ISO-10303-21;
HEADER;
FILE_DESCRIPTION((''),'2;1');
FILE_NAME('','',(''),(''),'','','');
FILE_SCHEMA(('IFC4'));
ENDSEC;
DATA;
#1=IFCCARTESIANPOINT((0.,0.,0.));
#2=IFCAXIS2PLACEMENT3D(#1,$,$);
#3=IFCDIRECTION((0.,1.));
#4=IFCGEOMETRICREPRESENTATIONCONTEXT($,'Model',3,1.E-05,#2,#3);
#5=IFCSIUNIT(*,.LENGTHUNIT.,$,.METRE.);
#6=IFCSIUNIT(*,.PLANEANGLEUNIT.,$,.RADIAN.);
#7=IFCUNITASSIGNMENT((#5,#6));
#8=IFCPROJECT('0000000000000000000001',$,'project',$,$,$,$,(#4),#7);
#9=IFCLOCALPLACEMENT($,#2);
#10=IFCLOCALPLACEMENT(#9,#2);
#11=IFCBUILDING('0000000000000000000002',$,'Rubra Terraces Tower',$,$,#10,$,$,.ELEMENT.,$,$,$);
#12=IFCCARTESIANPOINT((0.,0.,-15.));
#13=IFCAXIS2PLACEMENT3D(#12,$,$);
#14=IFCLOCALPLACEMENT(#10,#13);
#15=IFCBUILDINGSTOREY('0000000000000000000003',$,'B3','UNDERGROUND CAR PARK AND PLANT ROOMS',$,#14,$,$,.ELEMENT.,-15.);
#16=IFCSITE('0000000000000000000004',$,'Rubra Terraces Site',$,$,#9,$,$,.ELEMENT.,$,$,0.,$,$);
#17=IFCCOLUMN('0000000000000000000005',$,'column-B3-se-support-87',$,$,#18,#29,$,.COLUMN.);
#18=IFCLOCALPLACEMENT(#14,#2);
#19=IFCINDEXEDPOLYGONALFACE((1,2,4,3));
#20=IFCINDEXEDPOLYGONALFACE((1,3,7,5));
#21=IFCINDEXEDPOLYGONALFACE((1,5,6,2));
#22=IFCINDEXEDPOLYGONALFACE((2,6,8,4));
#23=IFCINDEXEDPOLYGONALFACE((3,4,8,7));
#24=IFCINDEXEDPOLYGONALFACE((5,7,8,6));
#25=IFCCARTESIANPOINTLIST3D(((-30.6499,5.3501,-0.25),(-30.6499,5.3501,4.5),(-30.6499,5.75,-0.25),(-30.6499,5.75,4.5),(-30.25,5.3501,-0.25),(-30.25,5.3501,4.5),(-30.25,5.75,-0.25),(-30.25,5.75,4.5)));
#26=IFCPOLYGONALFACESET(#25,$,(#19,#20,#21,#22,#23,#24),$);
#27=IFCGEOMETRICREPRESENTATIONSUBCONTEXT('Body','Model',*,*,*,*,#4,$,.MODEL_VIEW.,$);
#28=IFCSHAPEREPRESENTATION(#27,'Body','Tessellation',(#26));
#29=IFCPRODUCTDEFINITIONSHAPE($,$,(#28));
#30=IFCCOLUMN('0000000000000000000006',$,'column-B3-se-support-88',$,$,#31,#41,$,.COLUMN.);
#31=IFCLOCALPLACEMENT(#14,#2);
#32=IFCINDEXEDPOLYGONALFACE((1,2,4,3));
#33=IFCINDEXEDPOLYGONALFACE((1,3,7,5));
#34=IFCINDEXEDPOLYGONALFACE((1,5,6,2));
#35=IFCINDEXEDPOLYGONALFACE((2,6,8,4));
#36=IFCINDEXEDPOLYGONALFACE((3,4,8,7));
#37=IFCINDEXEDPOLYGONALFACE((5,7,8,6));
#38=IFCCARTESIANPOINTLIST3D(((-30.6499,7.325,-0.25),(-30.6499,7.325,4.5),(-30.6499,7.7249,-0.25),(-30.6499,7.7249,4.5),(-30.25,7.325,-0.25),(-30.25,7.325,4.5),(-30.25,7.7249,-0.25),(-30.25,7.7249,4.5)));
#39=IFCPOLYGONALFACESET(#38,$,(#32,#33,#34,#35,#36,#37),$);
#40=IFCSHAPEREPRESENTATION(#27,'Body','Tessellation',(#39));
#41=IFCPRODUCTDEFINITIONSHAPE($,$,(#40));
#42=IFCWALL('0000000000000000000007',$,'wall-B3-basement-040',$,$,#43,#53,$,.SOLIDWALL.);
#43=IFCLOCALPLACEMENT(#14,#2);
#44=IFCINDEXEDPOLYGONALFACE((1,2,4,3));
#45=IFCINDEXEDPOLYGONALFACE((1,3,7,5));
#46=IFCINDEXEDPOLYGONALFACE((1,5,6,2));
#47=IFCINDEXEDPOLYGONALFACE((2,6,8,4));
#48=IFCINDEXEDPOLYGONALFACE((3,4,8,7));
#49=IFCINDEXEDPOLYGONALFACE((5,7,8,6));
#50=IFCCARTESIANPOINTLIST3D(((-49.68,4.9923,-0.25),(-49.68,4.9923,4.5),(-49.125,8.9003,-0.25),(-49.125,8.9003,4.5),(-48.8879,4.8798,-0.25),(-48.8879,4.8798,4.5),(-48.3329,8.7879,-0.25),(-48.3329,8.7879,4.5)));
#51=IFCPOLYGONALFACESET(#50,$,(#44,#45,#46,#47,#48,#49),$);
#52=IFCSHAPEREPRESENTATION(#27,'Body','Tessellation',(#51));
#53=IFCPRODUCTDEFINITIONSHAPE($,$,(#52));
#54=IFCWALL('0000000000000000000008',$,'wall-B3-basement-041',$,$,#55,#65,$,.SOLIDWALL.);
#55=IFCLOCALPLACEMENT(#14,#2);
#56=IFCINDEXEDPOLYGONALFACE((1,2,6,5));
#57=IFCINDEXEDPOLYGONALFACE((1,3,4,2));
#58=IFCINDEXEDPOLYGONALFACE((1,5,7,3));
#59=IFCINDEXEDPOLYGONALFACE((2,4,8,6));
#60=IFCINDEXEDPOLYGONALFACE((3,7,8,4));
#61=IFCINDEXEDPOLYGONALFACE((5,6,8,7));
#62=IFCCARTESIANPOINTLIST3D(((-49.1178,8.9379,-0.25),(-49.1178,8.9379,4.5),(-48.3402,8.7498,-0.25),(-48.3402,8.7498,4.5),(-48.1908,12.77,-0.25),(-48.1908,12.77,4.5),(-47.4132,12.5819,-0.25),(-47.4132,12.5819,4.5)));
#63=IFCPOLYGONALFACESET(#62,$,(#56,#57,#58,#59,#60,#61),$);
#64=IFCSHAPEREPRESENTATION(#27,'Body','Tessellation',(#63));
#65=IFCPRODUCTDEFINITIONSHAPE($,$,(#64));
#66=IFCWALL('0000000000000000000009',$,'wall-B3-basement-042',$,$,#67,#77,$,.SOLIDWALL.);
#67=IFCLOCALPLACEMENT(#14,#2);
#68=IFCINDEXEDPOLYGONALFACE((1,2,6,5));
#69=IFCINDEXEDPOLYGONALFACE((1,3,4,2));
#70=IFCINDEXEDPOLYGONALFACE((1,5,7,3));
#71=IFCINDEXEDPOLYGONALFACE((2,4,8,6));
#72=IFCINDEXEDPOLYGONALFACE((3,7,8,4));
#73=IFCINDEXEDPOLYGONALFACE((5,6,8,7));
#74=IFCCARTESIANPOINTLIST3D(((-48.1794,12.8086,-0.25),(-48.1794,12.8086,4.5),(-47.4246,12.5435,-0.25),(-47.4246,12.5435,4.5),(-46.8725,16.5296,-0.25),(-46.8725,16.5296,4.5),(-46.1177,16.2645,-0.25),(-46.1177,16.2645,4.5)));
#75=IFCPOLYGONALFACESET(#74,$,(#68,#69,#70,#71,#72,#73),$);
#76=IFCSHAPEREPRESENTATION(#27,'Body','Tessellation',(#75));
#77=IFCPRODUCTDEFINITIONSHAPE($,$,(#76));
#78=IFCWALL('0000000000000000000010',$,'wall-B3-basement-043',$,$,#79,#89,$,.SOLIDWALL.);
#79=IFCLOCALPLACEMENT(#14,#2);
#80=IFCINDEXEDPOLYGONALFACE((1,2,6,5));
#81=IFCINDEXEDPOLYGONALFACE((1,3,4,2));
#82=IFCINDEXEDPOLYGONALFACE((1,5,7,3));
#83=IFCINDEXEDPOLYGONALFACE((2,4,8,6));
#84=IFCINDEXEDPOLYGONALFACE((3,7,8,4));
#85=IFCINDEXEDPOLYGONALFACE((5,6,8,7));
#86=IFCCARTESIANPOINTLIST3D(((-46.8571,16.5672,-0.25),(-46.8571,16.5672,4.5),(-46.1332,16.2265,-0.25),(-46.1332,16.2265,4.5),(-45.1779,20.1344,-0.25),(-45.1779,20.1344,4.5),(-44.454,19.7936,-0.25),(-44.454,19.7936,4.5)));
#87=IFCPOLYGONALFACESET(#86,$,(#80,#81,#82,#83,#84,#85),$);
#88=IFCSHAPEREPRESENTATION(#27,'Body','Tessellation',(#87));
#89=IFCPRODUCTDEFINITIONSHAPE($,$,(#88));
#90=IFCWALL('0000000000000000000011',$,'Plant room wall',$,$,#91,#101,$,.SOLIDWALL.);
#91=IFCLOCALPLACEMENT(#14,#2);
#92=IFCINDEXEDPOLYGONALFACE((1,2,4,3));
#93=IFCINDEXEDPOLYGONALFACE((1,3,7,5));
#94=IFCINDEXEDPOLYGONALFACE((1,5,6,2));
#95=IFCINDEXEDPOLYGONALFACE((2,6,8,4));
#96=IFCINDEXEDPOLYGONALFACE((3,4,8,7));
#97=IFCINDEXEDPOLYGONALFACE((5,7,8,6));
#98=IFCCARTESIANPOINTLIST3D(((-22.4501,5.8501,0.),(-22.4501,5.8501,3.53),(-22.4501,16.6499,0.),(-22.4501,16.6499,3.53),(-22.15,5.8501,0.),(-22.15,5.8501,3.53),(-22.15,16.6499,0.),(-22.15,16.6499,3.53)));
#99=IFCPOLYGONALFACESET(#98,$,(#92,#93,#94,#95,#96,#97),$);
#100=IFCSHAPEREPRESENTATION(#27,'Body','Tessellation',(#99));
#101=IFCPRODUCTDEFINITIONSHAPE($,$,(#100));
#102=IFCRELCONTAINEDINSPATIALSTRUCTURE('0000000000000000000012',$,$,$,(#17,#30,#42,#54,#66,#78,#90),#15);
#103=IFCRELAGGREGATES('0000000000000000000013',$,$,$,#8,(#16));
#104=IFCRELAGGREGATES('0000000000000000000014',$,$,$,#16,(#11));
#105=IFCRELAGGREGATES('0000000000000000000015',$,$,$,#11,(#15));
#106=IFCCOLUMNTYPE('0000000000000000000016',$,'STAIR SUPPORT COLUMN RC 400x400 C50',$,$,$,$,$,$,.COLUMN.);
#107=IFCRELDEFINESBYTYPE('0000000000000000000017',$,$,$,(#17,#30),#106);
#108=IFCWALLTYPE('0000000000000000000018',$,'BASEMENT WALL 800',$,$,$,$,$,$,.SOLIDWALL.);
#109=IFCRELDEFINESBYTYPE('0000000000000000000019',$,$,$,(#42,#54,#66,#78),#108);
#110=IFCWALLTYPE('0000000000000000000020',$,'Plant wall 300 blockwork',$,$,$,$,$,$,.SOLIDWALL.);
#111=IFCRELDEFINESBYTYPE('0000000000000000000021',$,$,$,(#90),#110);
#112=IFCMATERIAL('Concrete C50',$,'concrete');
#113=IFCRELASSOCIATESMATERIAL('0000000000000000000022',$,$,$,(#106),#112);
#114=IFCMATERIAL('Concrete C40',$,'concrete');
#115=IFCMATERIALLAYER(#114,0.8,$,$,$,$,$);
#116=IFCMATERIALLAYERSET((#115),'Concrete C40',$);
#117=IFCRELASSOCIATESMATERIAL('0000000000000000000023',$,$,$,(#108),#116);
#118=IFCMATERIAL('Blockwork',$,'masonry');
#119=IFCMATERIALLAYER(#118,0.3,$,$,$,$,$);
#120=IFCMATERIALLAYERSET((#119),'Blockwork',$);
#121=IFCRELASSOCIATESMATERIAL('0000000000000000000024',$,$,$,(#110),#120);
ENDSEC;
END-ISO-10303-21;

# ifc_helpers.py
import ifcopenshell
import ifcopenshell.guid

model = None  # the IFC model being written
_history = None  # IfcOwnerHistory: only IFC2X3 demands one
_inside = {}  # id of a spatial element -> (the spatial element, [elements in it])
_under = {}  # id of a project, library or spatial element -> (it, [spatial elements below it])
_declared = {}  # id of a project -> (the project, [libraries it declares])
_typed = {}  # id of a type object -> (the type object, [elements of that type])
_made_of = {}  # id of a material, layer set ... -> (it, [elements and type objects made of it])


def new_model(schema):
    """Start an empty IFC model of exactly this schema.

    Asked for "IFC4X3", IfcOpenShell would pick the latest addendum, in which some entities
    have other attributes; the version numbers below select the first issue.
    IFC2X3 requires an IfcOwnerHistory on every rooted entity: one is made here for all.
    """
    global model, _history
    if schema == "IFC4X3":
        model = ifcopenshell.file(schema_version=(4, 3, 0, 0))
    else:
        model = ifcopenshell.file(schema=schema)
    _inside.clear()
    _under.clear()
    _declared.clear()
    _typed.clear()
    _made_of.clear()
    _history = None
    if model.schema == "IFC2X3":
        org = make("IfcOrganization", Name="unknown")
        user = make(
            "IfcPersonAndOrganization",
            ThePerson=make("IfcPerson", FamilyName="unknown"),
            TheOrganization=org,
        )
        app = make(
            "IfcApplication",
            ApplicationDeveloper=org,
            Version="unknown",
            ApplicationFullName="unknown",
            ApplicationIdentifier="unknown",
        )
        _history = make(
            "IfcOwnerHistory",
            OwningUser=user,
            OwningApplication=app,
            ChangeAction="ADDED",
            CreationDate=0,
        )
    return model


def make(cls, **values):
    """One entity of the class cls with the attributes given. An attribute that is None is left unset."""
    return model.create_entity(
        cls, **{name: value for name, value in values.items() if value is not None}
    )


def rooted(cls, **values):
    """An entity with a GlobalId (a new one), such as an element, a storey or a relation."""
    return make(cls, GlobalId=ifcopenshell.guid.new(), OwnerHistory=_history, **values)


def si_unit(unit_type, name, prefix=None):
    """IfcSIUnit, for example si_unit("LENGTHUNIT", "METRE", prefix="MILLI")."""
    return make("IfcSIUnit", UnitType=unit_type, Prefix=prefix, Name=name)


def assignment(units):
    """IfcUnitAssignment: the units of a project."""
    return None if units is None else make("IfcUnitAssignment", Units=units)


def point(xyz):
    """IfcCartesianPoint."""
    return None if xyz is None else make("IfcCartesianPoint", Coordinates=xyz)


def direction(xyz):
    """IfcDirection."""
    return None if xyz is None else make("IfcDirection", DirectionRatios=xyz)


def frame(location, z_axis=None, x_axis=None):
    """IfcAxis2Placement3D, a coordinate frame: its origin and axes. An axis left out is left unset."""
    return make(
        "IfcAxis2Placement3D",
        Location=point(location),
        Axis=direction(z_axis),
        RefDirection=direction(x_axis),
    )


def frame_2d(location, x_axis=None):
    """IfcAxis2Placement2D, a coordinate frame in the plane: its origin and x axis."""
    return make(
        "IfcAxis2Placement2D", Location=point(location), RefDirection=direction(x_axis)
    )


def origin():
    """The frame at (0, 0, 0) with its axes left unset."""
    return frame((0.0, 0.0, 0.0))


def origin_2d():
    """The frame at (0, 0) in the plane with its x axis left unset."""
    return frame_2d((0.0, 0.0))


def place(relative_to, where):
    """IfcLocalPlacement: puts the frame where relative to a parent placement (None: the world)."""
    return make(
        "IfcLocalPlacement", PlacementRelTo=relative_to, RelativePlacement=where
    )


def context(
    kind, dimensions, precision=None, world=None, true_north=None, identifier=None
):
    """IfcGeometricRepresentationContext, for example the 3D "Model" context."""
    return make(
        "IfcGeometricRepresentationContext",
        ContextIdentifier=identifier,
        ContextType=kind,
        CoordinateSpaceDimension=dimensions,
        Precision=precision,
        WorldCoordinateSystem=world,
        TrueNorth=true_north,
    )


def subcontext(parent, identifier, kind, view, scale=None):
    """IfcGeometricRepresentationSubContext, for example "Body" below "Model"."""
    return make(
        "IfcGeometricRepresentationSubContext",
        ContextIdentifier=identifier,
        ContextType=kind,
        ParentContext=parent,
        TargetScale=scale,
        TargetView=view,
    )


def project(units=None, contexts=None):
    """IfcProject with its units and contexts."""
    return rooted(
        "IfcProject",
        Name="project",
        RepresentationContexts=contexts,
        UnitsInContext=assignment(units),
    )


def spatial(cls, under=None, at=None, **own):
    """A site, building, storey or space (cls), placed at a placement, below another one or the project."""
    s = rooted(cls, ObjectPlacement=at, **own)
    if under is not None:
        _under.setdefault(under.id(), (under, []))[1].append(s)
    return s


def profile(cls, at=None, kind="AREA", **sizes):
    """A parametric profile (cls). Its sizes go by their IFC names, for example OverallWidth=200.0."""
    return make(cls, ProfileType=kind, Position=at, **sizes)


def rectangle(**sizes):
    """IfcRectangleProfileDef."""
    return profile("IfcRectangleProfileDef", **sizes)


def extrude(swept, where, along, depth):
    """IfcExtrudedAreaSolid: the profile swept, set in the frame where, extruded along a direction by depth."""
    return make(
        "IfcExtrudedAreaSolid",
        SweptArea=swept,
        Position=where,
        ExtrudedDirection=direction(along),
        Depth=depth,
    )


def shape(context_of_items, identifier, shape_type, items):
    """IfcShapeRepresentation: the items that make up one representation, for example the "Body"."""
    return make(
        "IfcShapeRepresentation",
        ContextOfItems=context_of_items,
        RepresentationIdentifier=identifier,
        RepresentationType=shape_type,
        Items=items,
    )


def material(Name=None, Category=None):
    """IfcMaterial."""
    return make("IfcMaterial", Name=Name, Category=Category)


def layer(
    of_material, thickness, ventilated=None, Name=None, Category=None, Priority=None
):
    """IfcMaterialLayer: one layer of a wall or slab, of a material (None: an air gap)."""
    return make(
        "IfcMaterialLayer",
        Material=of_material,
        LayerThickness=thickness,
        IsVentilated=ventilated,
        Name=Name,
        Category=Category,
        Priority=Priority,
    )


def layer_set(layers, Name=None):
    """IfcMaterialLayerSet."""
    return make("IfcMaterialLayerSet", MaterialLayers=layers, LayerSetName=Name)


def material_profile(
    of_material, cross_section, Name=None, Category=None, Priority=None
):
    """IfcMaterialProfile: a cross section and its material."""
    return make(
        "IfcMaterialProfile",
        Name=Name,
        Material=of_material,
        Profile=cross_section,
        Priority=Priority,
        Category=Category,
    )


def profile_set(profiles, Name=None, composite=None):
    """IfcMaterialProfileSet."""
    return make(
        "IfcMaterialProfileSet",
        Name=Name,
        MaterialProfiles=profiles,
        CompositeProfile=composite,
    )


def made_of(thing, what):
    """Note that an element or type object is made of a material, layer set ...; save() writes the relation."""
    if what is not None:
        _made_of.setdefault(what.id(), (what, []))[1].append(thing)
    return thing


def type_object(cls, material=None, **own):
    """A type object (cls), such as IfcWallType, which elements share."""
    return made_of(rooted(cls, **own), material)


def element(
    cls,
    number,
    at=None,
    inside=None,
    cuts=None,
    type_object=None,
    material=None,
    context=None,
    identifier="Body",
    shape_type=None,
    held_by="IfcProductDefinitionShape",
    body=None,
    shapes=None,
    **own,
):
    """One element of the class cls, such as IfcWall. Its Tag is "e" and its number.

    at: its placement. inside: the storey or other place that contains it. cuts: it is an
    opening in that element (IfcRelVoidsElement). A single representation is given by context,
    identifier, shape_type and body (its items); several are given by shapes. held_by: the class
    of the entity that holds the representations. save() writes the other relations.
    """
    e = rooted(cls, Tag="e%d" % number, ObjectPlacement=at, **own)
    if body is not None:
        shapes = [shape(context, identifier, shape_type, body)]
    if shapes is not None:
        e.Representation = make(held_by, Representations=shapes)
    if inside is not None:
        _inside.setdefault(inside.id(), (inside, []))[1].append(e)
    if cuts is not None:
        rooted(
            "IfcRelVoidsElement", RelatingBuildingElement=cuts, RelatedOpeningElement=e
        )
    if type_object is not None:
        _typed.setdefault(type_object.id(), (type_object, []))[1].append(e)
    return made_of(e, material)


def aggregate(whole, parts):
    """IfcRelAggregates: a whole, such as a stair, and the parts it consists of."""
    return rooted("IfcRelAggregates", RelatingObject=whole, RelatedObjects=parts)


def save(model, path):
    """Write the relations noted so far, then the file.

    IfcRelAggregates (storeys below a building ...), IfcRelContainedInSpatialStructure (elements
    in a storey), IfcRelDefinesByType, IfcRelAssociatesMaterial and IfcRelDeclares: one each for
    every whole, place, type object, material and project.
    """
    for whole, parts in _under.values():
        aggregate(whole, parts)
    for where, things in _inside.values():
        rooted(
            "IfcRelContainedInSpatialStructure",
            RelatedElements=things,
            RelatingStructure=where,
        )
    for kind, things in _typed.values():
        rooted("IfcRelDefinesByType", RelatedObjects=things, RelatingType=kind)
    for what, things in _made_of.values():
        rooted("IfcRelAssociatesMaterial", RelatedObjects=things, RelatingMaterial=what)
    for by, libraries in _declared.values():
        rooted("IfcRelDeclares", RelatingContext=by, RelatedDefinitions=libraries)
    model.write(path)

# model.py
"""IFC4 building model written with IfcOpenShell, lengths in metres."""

from ifc_helpers import new_model, si_unit, direction, frame, frame_2d, origin, origin_2d, place, context, subcontext, project, spatial, rectangle, extrude, material, layer, layer_set, material_profile, profile_set, type_object, element, save


model = new_model("IFC4")

# Units and contexts
model_context = context("Model", 3, precision=1e-05, world=origin(), true_north=direction((0.0, 1.0)))
body_context = subcontext(model_context, "Body", "Model", "MODEL_VIEW")
ifc_project = project(units=[si_unit("LENGTHUNIT", "METRE"), si_unit("PLANEANGLEUNIT", "RADIAN")], contexts=[model_context])

# Site, building, storey
site_placement = place(None, origin())
site = spatial("IfcSite", under=ifc_project, at=site_placement, Name="Rubra Terraces Site", CompositionType="ELEMENT", RefElevation=0.0)
building_placement = place(site_placement, origin())
building = spatial("IfcBuilding", under=site, at=building_placement, Name="Rubra Terraces Tower", CompositionType="ELEMENT")
storey_placement = place(building_placement, frame((0.0, 0.0, -15.0)))
storey = spatial("IfcBuildingStorey", under=building, at=storey_placement, Name="B3", Description="UNDERGROUND CAR PARK AND PLANT ROOMS", CompositionType="ELEMENT", Elevation=-15.0)

# Shared definitions
ifc_material_1 = material(Name="Concrete C40", Category="concrete")

# Columns
ifc_material_2 = material(Name="Concrete C50", Category="concrete")
ifc_material_profile_1 = material_profile(ifc_material_2, rectangle(XDim=0.3999, YDim=0.3999, at=origin_2d()), Name="RC 400x400")
ifc_profile_set_1 = profile_set([ifc_material_profile_1], Name="Concrete C50")
column_type_1 = type_object("IfcColumnType", Name="STAIR SUPPORT COLUMN RC 400x400 C50", PredefinedType="COLUMN", material=ifc_profile_set_1)
for number, where, z_axis, x_axis, name in (
    (1, (-30.45, 5.55, -0.25), (0.0, 0.0, 1.0), (1.0, 0.0, 0.0), "column-B3-se-support-87"),
    (2, (-30.45, 7.5249, -0.25), (0.0, 0.0, 1.0), (1.0, 0.0, 0.0), "column-B3-se-support-88"),
):
    element("IfcColumn", number, at=place(storey_placement, frame(where, z_axis=z_axis, x_axis=x_axis)), inside=storey, type_object=column_type_1, Name=name, PredefinedType="COLUMN", context=body_context, shape_type="SweptSolid", body=[
        extrude(rectangle(XDim=0.3999, YDim=0.3999, at=origin_2d()), origin(), (0.0, 0.0, 1.0), 4.75),
    ])

# Walls
ifc_layer_1 = layer(ifc_material_1, 0.8)
ifc_layer_set_1 = layer_set([ifc_layer_1], Name="Concrete C40")
wall_type_1 = type_object("IfcWallType", Name="BASEMENT WALL 800", PredefinedType="SOLIDWALL", material=ifc_layer_set_1)
wall_1_placement = place(storey_placement, frame((-49.2839, 4.936, -0.25), z_axis=(0.0, 0.0, 1.0), x_axis=(0.14059, 0.990068, 0.0)))
element("IfcWall", 3, at=wall_1_placement, inside=storey, type_object=wall_type_1, Name="wall-B3-basement-040", PredefinedType="SOLIDWALL", context=body_context, shape_type="SweptSolid", body=[
    extrude(rectangle(XDim=3.9473, YDim=0.8, at=frame_2d((1.9736, 0.0))), origin(), (0.0, 0.0, 1.0), 4.75),
])
wall_2_placement = place(storey_placement, frame((-48.729, 8.844, -0.25), z_axis=(0.0, 0.0, 1.0), x_axis=(0.235127, 0.971965, 0.0)))
element("IfcWall", 4, at=wall_2_placement, inside=storey, type_object=wall_type_1, Name="wall-B3-basement-041", PredefinedType="SOLIDWALL", context=body_context, shape_type="SweptSolid", body=[
    extrude(rectangle(XDim=3.9426, YDim=0.8, at=frame_2d((1.9712, 0.0))), origin(), (0.0, 0.0, 1.0), 4.75),
])
wall_3_placement = place(storey_placement, frame((-47.802, 12.676, -0.25), z_axis=(0.0, 0.0, 1.0), x_axis=(0.331379, 0.943498, 0.0)))
element("IfcWall", 5, at=wall_3_placement, inside=storey, type_object=wall_type_1, Name="wall-B3-basement-042", PredefinedType="SOLIDWALL", context=body_context, shape_type="SweptSolid", body=[
    extrude(rectangle(XDim=3.9438, YDim=0.8, at=frame_2d((1.9719, 0.0))), origin(), (0.0, 0.0, 1.0), 4.75),
])
wall_4_placement = place(storey_placement, frame((-46.4951, 16.397, -0.25), z_axis=(0.0, 0.0, 1.0), x_axis=(0.42591, 0.904765, 0.0)))
element("IfcWall", 6, at=wall_4_placement, inside=storey, type_object=wall_type_1, Name="wall-B3-basement-043", PredefinedType="SOLIDWALL", context=body_context, shape_type="SweptSolid", body=[
    extrude(rectangle(XDim=3.9426, YDim=0.8, at=frame_2d((1.9712, 0.0))), origin(), (0.0, 0.0, 1.0), 4.75),
])
ifc_material_3 = material(Name="Blockwork", Category="masonry")
ifc_layer_2 = layer(ifc_material_3, 0.3)
ifc_layer_set_2 = layer_set([ifc_layer_2], Name="Blockwork")
wall_type_2 = type_object("IfcWallType", Name="Plant wall 300 blockwork", PredefinedType="SOLIDWALL", material=ifc_layer_set_2)
wall_5_placement = place(storey_placement, frame((-22.3, 16.6499, 0.0), z_axis=(0.0, 0.0, 1.0), x_axis=(0.0, -1.0, 0.0)))
element("IfcWall", 7, at=wall_5_placement, inside=storey, type_object=wall_type_2, Name="Plant room wall", PredefinedType="SOLIDWALL", context=body_context, shape_type="SweptSolid", body=[
    extrude(rectangle(XDim=10.7998, YDim=0.3, at=frame_2d((5.3999, 0.0))), origin(), (0.0, 0.0, 1.0), 3.53),
])

save(model, "model.ifc")
